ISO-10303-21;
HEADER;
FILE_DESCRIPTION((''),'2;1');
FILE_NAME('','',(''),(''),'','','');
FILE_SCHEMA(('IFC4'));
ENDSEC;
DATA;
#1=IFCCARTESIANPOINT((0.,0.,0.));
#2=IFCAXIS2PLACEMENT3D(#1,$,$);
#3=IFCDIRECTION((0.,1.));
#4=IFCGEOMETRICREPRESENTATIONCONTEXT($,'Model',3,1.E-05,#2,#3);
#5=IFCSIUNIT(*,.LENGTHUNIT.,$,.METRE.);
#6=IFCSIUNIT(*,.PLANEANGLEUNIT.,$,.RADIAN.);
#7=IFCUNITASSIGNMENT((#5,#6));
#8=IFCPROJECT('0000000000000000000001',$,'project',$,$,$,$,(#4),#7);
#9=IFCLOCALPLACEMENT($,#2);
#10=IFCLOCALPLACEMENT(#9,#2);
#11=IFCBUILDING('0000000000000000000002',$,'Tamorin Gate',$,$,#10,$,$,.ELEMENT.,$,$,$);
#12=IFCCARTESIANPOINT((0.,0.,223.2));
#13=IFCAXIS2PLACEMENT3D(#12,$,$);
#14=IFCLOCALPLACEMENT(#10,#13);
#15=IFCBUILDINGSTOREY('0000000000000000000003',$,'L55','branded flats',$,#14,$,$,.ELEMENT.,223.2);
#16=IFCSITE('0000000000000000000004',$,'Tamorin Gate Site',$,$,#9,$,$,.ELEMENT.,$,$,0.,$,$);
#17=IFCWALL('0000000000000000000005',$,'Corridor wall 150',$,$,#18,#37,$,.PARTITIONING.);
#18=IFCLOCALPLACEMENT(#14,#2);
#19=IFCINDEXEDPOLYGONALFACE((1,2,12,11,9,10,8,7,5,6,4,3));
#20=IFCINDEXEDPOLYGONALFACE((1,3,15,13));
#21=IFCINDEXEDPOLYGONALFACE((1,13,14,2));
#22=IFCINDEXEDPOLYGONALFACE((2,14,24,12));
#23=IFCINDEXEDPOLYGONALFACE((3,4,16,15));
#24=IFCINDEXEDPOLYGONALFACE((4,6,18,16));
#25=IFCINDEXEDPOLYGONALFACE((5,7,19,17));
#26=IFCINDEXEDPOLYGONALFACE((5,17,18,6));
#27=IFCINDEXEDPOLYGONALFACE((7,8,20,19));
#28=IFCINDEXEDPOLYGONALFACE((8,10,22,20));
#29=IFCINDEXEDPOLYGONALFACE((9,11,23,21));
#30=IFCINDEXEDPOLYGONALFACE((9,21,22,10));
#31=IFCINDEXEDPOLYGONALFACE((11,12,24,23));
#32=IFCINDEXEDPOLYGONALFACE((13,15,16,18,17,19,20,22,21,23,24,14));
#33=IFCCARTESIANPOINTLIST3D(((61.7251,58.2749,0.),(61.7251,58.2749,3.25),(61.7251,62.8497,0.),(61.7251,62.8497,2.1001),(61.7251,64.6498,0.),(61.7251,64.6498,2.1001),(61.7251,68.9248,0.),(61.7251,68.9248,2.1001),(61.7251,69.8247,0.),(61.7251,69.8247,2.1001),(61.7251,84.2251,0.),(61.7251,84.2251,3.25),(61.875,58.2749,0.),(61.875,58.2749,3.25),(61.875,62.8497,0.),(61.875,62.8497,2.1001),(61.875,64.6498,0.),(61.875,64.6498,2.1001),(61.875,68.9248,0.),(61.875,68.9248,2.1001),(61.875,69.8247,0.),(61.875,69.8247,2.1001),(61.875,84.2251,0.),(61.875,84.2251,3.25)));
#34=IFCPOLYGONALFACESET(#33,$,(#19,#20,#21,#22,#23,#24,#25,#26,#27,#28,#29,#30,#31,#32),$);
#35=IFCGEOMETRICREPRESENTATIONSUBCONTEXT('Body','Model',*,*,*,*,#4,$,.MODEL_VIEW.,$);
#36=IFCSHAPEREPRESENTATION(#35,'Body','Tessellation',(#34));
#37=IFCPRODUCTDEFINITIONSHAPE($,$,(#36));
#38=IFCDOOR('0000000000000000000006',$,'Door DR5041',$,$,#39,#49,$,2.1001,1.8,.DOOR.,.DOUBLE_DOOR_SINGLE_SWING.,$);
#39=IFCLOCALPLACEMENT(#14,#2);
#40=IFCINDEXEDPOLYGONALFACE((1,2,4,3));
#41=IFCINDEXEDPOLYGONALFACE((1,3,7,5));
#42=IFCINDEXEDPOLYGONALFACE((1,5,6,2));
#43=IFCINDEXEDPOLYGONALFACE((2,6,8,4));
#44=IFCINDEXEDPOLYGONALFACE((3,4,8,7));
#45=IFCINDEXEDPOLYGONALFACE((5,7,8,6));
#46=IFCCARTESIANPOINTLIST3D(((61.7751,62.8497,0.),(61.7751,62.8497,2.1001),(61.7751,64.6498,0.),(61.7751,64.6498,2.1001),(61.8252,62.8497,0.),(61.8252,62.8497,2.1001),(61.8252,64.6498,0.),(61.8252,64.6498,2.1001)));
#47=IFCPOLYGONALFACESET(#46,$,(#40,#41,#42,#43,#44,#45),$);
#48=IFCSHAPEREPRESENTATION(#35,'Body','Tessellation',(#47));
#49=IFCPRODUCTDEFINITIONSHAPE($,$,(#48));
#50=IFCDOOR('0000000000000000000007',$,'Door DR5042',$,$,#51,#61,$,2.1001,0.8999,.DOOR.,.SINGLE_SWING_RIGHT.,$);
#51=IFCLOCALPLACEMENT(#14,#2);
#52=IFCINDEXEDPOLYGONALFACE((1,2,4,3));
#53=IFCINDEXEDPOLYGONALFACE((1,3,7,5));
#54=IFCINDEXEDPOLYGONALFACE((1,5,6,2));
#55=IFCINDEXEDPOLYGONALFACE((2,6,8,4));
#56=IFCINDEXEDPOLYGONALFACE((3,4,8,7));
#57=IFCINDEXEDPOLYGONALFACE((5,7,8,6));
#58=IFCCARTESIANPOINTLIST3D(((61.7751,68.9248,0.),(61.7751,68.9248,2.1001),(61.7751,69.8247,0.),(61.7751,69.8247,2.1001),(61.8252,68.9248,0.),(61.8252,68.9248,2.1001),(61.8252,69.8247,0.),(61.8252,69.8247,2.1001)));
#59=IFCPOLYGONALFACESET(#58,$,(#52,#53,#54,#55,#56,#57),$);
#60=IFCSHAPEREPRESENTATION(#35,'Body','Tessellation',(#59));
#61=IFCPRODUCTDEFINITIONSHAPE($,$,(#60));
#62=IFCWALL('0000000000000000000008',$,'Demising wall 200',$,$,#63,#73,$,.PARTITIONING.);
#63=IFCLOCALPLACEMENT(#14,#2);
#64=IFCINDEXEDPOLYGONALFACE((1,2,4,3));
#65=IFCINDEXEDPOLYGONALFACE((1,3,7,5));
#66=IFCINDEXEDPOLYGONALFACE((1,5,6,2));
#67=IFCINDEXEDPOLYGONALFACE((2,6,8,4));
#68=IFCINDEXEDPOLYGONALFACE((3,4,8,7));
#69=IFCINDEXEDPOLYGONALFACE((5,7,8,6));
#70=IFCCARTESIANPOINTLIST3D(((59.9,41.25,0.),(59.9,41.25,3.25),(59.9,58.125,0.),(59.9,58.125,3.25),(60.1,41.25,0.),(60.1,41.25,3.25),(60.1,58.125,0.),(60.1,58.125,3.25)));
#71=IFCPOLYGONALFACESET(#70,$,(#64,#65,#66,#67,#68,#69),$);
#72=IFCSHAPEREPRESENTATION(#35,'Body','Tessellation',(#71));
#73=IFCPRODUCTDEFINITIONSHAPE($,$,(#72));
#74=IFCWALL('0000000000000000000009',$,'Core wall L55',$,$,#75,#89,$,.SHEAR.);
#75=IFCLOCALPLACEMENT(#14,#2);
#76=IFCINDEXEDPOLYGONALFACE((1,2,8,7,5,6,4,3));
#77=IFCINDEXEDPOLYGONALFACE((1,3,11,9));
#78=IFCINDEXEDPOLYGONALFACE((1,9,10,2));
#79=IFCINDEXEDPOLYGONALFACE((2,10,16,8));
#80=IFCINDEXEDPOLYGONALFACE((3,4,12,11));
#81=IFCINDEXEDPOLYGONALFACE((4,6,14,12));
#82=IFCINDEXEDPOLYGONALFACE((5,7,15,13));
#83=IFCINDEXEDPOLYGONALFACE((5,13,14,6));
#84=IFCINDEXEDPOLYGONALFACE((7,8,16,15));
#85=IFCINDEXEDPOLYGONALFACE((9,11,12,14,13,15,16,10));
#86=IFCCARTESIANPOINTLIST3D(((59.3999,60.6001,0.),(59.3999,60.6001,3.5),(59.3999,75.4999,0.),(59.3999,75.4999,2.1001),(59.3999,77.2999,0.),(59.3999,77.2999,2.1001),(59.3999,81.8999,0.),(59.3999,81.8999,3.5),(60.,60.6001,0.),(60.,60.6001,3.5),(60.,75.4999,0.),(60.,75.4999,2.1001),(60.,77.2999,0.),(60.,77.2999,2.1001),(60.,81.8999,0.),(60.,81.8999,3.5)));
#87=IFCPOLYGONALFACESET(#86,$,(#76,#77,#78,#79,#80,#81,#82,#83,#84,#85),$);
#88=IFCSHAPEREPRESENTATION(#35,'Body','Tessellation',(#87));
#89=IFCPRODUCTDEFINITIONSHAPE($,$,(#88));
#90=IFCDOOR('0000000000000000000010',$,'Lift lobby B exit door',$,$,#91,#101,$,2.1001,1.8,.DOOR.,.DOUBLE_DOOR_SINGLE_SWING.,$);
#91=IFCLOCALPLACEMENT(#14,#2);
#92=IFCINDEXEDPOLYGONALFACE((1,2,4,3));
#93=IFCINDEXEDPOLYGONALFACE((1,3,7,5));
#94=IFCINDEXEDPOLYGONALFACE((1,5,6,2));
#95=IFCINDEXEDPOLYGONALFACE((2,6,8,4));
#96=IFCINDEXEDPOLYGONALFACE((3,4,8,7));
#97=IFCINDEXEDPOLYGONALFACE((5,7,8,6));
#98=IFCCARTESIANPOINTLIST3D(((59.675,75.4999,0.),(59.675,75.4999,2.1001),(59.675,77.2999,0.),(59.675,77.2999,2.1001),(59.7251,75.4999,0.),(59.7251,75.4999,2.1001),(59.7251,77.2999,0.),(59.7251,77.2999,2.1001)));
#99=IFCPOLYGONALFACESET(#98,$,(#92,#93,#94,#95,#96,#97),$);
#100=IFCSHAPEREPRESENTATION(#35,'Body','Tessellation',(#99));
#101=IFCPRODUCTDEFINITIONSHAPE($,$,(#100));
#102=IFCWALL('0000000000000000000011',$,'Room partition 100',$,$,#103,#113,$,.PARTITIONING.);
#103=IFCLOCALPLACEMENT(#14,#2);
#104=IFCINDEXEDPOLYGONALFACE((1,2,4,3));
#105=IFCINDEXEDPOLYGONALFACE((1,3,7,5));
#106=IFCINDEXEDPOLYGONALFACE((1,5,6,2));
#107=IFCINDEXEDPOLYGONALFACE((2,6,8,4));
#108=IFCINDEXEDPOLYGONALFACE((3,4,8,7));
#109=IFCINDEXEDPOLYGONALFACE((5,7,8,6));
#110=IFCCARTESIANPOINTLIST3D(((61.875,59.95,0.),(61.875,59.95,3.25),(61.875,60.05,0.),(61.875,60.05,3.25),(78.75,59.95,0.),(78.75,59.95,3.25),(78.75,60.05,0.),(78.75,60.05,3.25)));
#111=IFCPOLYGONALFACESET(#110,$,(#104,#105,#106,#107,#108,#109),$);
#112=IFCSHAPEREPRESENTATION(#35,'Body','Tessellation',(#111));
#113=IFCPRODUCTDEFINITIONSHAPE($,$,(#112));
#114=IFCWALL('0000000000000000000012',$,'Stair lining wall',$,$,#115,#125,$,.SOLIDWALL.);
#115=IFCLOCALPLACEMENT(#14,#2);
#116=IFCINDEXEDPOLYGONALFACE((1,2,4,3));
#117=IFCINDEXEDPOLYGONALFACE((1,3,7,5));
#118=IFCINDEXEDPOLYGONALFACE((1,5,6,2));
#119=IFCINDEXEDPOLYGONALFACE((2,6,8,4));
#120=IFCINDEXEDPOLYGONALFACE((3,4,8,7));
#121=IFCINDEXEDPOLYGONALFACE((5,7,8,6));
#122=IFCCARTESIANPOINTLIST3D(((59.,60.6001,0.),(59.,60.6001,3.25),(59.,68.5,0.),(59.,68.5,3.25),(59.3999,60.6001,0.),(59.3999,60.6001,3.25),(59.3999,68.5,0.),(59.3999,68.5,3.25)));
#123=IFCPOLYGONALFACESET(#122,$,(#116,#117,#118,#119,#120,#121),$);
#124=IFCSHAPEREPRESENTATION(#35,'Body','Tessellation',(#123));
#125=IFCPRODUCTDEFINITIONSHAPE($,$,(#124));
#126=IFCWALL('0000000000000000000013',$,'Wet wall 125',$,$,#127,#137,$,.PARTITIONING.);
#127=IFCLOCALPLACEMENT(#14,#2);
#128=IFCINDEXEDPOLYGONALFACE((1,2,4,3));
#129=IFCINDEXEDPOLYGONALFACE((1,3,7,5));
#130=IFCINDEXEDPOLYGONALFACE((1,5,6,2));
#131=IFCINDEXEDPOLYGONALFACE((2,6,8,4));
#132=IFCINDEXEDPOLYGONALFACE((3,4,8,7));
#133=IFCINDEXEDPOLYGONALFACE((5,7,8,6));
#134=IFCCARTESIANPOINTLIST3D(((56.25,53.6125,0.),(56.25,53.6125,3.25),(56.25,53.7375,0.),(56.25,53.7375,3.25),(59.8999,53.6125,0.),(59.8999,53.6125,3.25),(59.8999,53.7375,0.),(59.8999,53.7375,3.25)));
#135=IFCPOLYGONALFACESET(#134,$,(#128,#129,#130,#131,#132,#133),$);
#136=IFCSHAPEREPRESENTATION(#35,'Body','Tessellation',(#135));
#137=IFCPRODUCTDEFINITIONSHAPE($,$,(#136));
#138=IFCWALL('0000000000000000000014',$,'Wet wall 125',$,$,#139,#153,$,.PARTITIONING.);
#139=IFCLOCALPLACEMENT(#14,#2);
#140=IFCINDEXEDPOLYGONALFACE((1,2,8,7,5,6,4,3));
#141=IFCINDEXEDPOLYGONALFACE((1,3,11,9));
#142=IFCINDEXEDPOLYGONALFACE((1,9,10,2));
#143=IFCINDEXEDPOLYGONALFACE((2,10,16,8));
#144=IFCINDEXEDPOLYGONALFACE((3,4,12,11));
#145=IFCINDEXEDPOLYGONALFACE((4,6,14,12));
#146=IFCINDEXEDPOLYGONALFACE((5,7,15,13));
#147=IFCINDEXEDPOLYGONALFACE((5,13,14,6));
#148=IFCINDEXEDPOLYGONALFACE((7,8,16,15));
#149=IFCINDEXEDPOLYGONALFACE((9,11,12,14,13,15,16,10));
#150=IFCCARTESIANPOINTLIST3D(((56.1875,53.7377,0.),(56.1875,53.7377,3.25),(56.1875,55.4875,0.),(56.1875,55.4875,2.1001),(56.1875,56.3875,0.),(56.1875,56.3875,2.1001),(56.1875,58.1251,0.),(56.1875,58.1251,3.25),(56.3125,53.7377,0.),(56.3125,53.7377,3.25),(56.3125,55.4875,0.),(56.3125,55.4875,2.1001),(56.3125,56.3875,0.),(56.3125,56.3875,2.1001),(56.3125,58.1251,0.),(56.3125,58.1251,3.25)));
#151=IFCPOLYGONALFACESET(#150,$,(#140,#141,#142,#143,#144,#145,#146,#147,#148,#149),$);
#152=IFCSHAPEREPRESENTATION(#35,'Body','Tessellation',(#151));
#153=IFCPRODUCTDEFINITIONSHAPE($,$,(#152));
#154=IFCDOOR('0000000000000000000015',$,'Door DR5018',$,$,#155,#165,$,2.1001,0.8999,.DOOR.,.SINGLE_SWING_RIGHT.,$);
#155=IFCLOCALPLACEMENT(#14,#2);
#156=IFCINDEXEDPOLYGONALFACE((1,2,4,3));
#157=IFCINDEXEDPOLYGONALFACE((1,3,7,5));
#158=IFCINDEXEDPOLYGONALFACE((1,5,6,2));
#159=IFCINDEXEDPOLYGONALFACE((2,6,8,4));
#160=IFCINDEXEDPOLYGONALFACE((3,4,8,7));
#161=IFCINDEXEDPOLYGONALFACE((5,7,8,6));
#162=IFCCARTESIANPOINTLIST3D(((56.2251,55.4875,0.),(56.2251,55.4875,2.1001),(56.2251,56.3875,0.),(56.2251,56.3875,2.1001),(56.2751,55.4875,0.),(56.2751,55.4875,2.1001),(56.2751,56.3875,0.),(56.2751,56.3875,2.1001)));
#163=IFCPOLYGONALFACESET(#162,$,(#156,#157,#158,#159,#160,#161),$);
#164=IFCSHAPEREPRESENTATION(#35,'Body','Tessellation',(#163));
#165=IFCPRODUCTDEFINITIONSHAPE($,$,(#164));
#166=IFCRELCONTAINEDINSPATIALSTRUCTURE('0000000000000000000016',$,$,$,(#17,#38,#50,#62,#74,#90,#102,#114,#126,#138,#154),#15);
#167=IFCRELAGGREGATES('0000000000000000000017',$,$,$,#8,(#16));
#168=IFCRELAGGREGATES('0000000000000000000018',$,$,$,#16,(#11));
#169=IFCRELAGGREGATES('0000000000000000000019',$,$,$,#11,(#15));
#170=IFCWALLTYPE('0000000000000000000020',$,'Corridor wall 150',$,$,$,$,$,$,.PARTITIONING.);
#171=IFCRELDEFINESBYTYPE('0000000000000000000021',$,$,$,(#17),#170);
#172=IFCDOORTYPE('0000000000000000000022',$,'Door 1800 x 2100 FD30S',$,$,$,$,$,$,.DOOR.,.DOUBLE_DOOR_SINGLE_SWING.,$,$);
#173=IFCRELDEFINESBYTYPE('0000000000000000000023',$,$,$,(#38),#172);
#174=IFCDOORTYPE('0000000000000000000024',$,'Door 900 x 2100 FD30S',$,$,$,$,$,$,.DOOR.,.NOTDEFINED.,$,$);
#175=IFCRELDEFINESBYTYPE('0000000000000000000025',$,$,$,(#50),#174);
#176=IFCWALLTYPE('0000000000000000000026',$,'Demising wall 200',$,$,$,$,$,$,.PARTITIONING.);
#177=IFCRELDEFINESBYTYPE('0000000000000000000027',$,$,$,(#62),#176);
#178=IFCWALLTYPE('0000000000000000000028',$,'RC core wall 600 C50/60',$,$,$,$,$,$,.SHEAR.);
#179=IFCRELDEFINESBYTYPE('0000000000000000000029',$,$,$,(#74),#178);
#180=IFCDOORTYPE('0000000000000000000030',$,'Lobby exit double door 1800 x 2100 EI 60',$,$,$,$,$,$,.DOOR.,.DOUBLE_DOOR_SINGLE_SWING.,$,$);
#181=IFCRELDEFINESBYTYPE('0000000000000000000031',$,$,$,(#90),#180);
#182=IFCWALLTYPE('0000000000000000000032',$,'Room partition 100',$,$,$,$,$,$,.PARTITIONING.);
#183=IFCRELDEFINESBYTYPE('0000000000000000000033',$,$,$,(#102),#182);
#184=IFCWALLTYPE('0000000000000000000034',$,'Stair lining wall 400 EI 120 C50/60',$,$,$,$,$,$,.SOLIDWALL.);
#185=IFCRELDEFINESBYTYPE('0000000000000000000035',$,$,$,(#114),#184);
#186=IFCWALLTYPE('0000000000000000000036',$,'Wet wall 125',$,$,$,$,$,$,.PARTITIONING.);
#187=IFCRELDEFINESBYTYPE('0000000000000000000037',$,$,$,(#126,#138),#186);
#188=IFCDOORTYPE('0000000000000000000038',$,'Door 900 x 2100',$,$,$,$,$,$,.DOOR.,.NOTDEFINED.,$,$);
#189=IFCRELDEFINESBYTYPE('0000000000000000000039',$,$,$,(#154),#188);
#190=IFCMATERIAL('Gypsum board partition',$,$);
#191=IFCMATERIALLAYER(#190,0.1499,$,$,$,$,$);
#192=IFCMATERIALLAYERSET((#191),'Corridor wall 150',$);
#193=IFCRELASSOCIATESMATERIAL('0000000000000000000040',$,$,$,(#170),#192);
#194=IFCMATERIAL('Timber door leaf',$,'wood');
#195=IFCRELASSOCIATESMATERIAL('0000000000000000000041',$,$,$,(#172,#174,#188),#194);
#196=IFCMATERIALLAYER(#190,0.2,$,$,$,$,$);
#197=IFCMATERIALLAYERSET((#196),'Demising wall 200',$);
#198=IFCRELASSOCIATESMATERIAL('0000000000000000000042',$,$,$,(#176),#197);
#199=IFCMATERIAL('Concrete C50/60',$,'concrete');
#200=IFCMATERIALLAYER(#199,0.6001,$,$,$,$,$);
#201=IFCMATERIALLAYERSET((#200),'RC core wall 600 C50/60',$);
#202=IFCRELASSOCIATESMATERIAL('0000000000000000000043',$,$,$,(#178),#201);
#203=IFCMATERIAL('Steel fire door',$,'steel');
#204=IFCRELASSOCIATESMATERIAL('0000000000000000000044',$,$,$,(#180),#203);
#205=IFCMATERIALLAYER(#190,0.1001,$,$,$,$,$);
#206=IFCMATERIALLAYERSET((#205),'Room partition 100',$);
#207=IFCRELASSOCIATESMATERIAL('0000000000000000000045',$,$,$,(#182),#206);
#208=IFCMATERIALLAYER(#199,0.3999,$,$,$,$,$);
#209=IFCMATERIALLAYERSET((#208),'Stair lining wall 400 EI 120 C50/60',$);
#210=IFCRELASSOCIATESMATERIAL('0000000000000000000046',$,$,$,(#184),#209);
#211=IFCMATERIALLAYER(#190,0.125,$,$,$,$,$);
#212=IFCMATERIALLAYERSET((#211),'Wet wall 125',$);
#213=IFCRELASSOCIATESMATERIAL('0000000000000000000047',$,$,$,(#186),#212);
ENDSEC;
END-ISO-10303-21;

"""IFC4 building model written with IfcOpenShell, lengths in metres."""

from ifc_helpers import new_model, si_unit, direction, frame, frame_2d, origin, place, context, subcontext, project, spatial, rectangle, extrude, material, layer, layer_set, type_object, element, fill, save


model = new_model("IFC4")

# Units and contexts
model_context = context("Model", 3, precision=1e-05, world=origin(), true_north=direction((0.0, 1.0)))
body_context = subcontext(model_context, "Body", "Model", "MODEL_VIEW")
ifc_project = project(units=[si_unit("LENGTHUNIT", "METRE"), si_unit("PLANEANGLEUNIT", "RADIAN")], contexts=[model_context])

# Site, building, storey
site_placement = place(None, origin())
site = spatial("IfcSite", under=ifc_project, at=site_placement, Name="Tamorin Gate Site", CompositionType="ELEMENT", RefElevation=0.0)
building_placement = place(site_placement, origin())
building = spatial("IfcBuilding", under=site, at=building_placement, Name="Tamorin Gate", CompositionType="ELEMENT")
storey_placement = place(building_placement, frame((0.0, 0.0, 223.2)))
storey = spatial("IfcBuildingStorey", under=building, at=storey_placement, Name="L55", Description="branded flats", CompositionType="ELEMENT", Elevation=223.2)

# Shared definitions
ifc_material_1 = material(Name="Concrete C50/60", Category="concrete")

# Wall, openings, doors
ifc_material_2 = material(Name="Gypsum board partition")
ifc_layer_1 = layer(ifc_material_2, 0.1499)
ifc_layer_set_1 = layer_set([ifc_layer_1], Name="Corridor wall 150")
wall_type_1 = type_object("IfcWallType", Name="Corridor wall 150", PredefinedType="PARTITIONING", material=ifc_layer_set_1)
wall_1_placement = place(storey_placement, frame((61.8, 58.2749, 0.0), z_axis=(0.0, 0.0, 1.0), x_axis=(0.0, 1.0, 0.0)))
wall_1 = element("IfcWall", 1, at=wall_1_placement, inside=storey, type_object=wall_type_1, Name="Corridor wall 150", PredefinedType="PARTITIONING", context=body_context, shape_type="SweptSolid", body=[
    extrude(rectangle(XDim=25.9502, YDim=0.1499, at=frame_2d((12.9751, 0.0))), origin(), (0.0, 0.0, 1.0), 3.25),
])
opening_1_placement = place(wall_1_placement, frame((4.575, 0.0, 0.0)))
opening_1 = element("IfcOpeningElement", 2, at=opening_1_placement, cuts=wall_1, PredefinedType="OPENING", context=body_context, shape_type="SweptSolid", body=[
    extrude(rectangle(XDim=1.8, YDim=2.1001, at=frame_2d((0.8999, 1.05))), frame((0.0, 0.085, 0.0), z_axis=(0.0, -1.0, 0.0), x_axis=(1.0, 0.0, 0.0)), (0.0, 0.0, 1.0), 0.1699),
])
opening_2_placement = place(wall_1_placement, frame((10.6499, 0.0, 0.0)))
opening_2 = element("IfcOpeningElement", 3, at=opening_2_placement, cuts=wall_1, PredefinedType="OPENING", context=body_context, shape_type="SweptSolid", body=[
    extrude(rectangle(XDim=0.8999, YDim=2.1001, at=frame_2d((0.45, 1.05))), frame((0.0, 0.085, 0.0), z_axis=(0.0, -1.0, 0.0), x_axis=(1.0, 0.0, 0.0)), (0.0, 0.0, 1.0), 0.1699),
])
ifc_material_3 = material(Name="Timber door leaf", Category="wood")
door_type_1 = type_object("IfcDoorType", Name="Door 1800 x 2100 FD30S", OperationType="DOUBLE_DOOR_SINGLE_SWING", PredefinedType="DOOR", material=ifc_material_3)
door_1_placement = place(opening_1_placement, origin())
door_1 = element("IfcDoor", 4, at=door_1_placement, inside=storey, type_object=door_type_1, Name="Door DR5041", OperationType="DOUBLE_DOOR_SINGLE_SWING", OverallHeight=2.1001, OverallWidth=1.8, PredefinedType="DOOR", context=body_context, shape_type="SweptSolid", body=[
    extrude(rectangle(XDim=1.8, YDim=2.1001, at=frame_2d((0.8999, 1.05))), frame((0.0, 0.0249, 0.0), z_axis=(0.0, -1.0, 0.0), x_axis=(1.0, 0.0, 0.0)), (0.0, 0.0, 1.0), 0.05),
])
fill(opening_1, door_1)
door_type_2 = type_object("IfcDoorType", Name="Door 900 x 2100 FD30S", OperationType="NOTDEFINED", PredefinedType="DOOR", material=ifc_material_3)
door_2_placement = place(opening_2_placement, origin())
door_2 = element("IfcDoor", 5, at=door_2_placement, inside=storey, type_object=door_type_2, Name="Door DR5042", OperationType="SINGLE_SWING_RIGHT", OverallHeight=2.1001, OverallWidth=0.8999, PredefinedType="DOOR", context=body_context, shape_type="SweptSolid", body=[
    extrude(rectangle(XDim=0.8999, YDim=2.1001, at=frame_2d((0.45, 1.05))), frame((0.0, 0.0249, 0.0), z_axis=(0.0, -1.0, 0.0), x_axis=(1.0, 0.0, 0.0)), (0.0, 0.0, 1.0), 0.05),
])
fill(opening_2, door_2)

# Wall
ifc_layer_2 = layer(ifc_material_2, 0.2)
ifc_layer_set_2 = layer_set([ifc_layer_2], Name="Demising wall 200")
wall_type_2 = type_object("IfcWallType", Name="Demising wall 200", PredefinedType="PARTITIONING", material=ifc_layer_set_2)
wall_2_placement = place(storey_placement, frame((60.0, 41.25, 0.0), z_axis=(0.0, 0.0, 1.0), x_axis=(0.0, 1.0, 0.0)))
element("IfcWall", 6, at=wall_2_placement, inside=storey, type_object=wall_type_2, Name="Demising wall 200", PredefinedType="PARTITIONING", context=body_context, shape_type="SweptSolid", body=[
    extrude(rectangle(XDim=16.875, YDim=0.2, at=frame_2d((8.4375, 0.0))), origin(), (0.0, 0.0, 1.0), 3.25),
])

# Wall, opening, door
ifc_layer_3 = layer(ifc_material_1, 0.6001)
ifc_layer_set_3 = layer_set([ifc_layer_3], Name="RC core wall 600 C50/60")
wall_type_3 = type_object("IfcWallType", Name="RC core wall 600 C50/60", PredefinedType="SHEAR", material=ifc_layer_set_3)
wall_3_placement = place(storey_placement, frame((59.7, 60.6001, 0.0), z_axis=(0.0, 0.0, 1.0), x_axis=(0.0, 1.0, 0.0)))
wall_3 = element("IfcWall", 7, at=wall_3_placement, inside=storey, type_object=wall_type_3, Name="Core wall L55", PredefinedType="SHEAR", context=body_context, shape_type="SweptSolid", body=[
    extrude(rectangle(XDim=21.2998, YDim=0.6001, at=frame_2d((10.6499, 0.0))), origin(), (0.0, 0.0, 1.0), 3.5),
])
opening_3_placement = place(wall_3_placement, frame((14.8999, 0.0, 0.0)))
opening_3 = element("IfcOpeningElement", 8, at=opening_3_placement, cuts=wall_3, PredefinedType="OPENING", context=body_context, shape_type="SweptSolid", body=[
    extrude(rectangle(XDim=1.8, YDim=2.1001, at=frame_2d((0.8999, 1.05))), frame((0.0, 0.3101, 0.0), z_axis=(0.0, -1.0, 0.0), x_axis=(1.0, 0.0, 0.0)), (0.0, 0.0, 1.0), 0.6201),
])
ifc_material_4 = material(Name="Steel fire door", Category="steel")
door_type_3 = type_object("IfcDoorType", Name="Lobby exit double door 1800 x 2100 EI 60", OperationType="DOUBLE_DOOR_SINGLE_SWING", PredefinedType="DOOR", material=ifc_material_4)
door_3_placement = place(opening_3_placement, origin())
door_3 = element("IfcDoor", 9, at=door_3_placement, inside=storey, type_object=door_type_3, Name="Lift lobby B exit door", OperationType="DOUBLE_DOOR_SINGLE_SWING", OverallHeight=2.1001, OverallWidth=1.8, PredefinedType="DOOR", context=body_context, shape_type="SweptSolid", body=[
    extrude(rectangle(XDim=1.8, YDim=2.1001, at=frame_2d((0.8999, 1.05))), frame((0.0, 0.0249, 0.0), z_axis=(0.0, -1.0, 0.0), x_axis=(1.0, 0.0, 0.0)), (0.0, 0.0, 1.0), 0.05),
])
fill(opening_3, door_3)

# Walls
ifc_layer_4 = layer(ifc_material_2, 0.1001)
ifc_layer_set_4 = layer_set([ifc_layer_4], Name="Room partition 100")
wall_type_4 = type_object("IfcWallType", Name="Room partition 100", PredefinedType="PARTITIONING", material=ifc_layer_set_4)
wall_4_placement = place(storey_placement, frame((61.875, 60.0, 0.0), z_axis=(0.0, 0.0, 1.0), x_axis=(1.0, 0.0, 0.0)))
element("IfcWall", 10, at=wall_4_placement, inside=storey, type_object=wall_type_4, Name="Room partition 100", PredefinedType="PARTITIONING", context=body_context, shape_type="SweptSolid", body=[
    extrude(rectangle(XDim=16.875, YDim=0.1001, at=frame_2d((8.4375, 0.0))), origin(), (0.0, 0.0, 1.0), 3.25),
])
ifc_layer_5 = layer(ifc_material_1, 0.3999)
ifc_layer_set_5 = layer_set([ifc_layer_5], Name="Stair lining wall 400 EI 120 C50/60")
wall_type_5 = type_object("IfcWallType", Name="Stair lining wall 400 EI 120 C50/60", PredefinedType="SOLIDWALL", material=ifc_layer_set_5)
wall_5_placement = place(storey_placement, frame((59.2, 60.6001, 0.0), z_axis=(0.0, 0.0, 1.0), x_axis=(0.0, 1.0, 0.0)))
element("IfcWall", 11, at=wall_5_placement, inside=storey, type_object=wall_type_5, Name="Stair lining wall", PredefinedType="SOLIDWALL", context=body_context, shape_type="SweptSolid", body=[
    extrude(rectangle(XDim=7.8999, YDim=0.3999, at=frame_2d((3.95, 0.0))), origin(), (0.0, 0.0, 1.0), 3.25),
])
ifc_layer_6 = layer(ifc_material_2, 0.125)
ifc_layer_set_6 = layer_set([ifc_layer_6], Name="Wet wall 125")
wall_type_6 = type_object("IfcWallType", Name="Wet wall 125", PredefinedType="PARTITIONING", material=ifc_layer_set_6)
wall_6_placement = place(storey_placement, frame((56.25, 53.675, 0.0), z_axis=(0.0, 0.0, 1.0), x_axis=(1.0, 0.0, 0.0)))
element("IfcWall", 12, at=wall_6_placement, inside=storey, type_object=wall_type_6, Name="Wet wall 125", PredefinedType="PARTITIONING", context=body_context, shape_type="SweptSolid", body=[
    extrude(rectangle(XDim=3.6499, YDim=0.125, at=frame_2d((1.825, 0.0))), origin(), (0.0, 0.0, 1.0), 3.25),
])

# Wall, opening, door
wall_7_placement = place(storey_placement, frame((56.25, 53.7375, 0.0), z_axis=(0.0, 0.0, 1.0), x_axis=(0.0, 1.0, 0.0)))
wall_7 = element("IfcWall", 13, at=wall_7_placement, inside=storey, type_object=wall_type_6, Name="Wet wall 125", PredefinedType="PARTITIONING", context=body_context, shape_type="SweptSolid", body=[
    extrude(rectangle(XDim=4.3875, YDim=0.125, at=frame_2d((2.1938, 0.0))), origin(), (0.0, 0.0, 1.0), 3.25),
])
opening_4_placement = place(wall_7_placement, frame((1.75, 0.0, 0.0)))
opening_4 = element("IfcOpeningElement", 14, at=opening_4_placement, cuts=wall_7, PredefinedType="OPENING", context=body_context, shape_type="SweptSolid", body=[
    extrude(rectangle(XDim=0.8999, YDim=2.1001, at=frame_2d((0.45, 1.05))), frame((0.0, 0.0725, 0.0), z_axis=(0.0, -1.0, 0.0), x_axis=(1.0, 0.0, 0.0)), (0.0, 0.0, 1.0), 0.145),
])
door_type_4 = type_object("IfcDoorType", Name="Door 900 x 2100", OperationType="NOTDEFINED", PredefinedType="DOOR", material=ifc_material_3)
door_4_placement = place(opening_4_placement, origin())
door_4 = element("IfcDoor", 15, at=door_4_placement, inside=storey, type_object=door_type_4, Name="Door DR5018", OperationType="SINGLE_SWING_RIGHT", OverallHeight=2.1001, OverallWidth=0.8999, PredefinedType="DOOR", context=body_context, shape_type="SweptSolid", body=[
    extrude(rectangle(XDim=0.8999, YDim=2.1001, at=frame_2d((0.45, 1.05))), frame((0.0, 0.0249, 0.0), z_axis=(0.0, -1.0, 0.0), x_axis=(1.0, 0.0, 0.0)), (0.0, 0.0, 1.0), 0.05),
])
fill(opening_4, door_4)

save(model, "model.ifc")
